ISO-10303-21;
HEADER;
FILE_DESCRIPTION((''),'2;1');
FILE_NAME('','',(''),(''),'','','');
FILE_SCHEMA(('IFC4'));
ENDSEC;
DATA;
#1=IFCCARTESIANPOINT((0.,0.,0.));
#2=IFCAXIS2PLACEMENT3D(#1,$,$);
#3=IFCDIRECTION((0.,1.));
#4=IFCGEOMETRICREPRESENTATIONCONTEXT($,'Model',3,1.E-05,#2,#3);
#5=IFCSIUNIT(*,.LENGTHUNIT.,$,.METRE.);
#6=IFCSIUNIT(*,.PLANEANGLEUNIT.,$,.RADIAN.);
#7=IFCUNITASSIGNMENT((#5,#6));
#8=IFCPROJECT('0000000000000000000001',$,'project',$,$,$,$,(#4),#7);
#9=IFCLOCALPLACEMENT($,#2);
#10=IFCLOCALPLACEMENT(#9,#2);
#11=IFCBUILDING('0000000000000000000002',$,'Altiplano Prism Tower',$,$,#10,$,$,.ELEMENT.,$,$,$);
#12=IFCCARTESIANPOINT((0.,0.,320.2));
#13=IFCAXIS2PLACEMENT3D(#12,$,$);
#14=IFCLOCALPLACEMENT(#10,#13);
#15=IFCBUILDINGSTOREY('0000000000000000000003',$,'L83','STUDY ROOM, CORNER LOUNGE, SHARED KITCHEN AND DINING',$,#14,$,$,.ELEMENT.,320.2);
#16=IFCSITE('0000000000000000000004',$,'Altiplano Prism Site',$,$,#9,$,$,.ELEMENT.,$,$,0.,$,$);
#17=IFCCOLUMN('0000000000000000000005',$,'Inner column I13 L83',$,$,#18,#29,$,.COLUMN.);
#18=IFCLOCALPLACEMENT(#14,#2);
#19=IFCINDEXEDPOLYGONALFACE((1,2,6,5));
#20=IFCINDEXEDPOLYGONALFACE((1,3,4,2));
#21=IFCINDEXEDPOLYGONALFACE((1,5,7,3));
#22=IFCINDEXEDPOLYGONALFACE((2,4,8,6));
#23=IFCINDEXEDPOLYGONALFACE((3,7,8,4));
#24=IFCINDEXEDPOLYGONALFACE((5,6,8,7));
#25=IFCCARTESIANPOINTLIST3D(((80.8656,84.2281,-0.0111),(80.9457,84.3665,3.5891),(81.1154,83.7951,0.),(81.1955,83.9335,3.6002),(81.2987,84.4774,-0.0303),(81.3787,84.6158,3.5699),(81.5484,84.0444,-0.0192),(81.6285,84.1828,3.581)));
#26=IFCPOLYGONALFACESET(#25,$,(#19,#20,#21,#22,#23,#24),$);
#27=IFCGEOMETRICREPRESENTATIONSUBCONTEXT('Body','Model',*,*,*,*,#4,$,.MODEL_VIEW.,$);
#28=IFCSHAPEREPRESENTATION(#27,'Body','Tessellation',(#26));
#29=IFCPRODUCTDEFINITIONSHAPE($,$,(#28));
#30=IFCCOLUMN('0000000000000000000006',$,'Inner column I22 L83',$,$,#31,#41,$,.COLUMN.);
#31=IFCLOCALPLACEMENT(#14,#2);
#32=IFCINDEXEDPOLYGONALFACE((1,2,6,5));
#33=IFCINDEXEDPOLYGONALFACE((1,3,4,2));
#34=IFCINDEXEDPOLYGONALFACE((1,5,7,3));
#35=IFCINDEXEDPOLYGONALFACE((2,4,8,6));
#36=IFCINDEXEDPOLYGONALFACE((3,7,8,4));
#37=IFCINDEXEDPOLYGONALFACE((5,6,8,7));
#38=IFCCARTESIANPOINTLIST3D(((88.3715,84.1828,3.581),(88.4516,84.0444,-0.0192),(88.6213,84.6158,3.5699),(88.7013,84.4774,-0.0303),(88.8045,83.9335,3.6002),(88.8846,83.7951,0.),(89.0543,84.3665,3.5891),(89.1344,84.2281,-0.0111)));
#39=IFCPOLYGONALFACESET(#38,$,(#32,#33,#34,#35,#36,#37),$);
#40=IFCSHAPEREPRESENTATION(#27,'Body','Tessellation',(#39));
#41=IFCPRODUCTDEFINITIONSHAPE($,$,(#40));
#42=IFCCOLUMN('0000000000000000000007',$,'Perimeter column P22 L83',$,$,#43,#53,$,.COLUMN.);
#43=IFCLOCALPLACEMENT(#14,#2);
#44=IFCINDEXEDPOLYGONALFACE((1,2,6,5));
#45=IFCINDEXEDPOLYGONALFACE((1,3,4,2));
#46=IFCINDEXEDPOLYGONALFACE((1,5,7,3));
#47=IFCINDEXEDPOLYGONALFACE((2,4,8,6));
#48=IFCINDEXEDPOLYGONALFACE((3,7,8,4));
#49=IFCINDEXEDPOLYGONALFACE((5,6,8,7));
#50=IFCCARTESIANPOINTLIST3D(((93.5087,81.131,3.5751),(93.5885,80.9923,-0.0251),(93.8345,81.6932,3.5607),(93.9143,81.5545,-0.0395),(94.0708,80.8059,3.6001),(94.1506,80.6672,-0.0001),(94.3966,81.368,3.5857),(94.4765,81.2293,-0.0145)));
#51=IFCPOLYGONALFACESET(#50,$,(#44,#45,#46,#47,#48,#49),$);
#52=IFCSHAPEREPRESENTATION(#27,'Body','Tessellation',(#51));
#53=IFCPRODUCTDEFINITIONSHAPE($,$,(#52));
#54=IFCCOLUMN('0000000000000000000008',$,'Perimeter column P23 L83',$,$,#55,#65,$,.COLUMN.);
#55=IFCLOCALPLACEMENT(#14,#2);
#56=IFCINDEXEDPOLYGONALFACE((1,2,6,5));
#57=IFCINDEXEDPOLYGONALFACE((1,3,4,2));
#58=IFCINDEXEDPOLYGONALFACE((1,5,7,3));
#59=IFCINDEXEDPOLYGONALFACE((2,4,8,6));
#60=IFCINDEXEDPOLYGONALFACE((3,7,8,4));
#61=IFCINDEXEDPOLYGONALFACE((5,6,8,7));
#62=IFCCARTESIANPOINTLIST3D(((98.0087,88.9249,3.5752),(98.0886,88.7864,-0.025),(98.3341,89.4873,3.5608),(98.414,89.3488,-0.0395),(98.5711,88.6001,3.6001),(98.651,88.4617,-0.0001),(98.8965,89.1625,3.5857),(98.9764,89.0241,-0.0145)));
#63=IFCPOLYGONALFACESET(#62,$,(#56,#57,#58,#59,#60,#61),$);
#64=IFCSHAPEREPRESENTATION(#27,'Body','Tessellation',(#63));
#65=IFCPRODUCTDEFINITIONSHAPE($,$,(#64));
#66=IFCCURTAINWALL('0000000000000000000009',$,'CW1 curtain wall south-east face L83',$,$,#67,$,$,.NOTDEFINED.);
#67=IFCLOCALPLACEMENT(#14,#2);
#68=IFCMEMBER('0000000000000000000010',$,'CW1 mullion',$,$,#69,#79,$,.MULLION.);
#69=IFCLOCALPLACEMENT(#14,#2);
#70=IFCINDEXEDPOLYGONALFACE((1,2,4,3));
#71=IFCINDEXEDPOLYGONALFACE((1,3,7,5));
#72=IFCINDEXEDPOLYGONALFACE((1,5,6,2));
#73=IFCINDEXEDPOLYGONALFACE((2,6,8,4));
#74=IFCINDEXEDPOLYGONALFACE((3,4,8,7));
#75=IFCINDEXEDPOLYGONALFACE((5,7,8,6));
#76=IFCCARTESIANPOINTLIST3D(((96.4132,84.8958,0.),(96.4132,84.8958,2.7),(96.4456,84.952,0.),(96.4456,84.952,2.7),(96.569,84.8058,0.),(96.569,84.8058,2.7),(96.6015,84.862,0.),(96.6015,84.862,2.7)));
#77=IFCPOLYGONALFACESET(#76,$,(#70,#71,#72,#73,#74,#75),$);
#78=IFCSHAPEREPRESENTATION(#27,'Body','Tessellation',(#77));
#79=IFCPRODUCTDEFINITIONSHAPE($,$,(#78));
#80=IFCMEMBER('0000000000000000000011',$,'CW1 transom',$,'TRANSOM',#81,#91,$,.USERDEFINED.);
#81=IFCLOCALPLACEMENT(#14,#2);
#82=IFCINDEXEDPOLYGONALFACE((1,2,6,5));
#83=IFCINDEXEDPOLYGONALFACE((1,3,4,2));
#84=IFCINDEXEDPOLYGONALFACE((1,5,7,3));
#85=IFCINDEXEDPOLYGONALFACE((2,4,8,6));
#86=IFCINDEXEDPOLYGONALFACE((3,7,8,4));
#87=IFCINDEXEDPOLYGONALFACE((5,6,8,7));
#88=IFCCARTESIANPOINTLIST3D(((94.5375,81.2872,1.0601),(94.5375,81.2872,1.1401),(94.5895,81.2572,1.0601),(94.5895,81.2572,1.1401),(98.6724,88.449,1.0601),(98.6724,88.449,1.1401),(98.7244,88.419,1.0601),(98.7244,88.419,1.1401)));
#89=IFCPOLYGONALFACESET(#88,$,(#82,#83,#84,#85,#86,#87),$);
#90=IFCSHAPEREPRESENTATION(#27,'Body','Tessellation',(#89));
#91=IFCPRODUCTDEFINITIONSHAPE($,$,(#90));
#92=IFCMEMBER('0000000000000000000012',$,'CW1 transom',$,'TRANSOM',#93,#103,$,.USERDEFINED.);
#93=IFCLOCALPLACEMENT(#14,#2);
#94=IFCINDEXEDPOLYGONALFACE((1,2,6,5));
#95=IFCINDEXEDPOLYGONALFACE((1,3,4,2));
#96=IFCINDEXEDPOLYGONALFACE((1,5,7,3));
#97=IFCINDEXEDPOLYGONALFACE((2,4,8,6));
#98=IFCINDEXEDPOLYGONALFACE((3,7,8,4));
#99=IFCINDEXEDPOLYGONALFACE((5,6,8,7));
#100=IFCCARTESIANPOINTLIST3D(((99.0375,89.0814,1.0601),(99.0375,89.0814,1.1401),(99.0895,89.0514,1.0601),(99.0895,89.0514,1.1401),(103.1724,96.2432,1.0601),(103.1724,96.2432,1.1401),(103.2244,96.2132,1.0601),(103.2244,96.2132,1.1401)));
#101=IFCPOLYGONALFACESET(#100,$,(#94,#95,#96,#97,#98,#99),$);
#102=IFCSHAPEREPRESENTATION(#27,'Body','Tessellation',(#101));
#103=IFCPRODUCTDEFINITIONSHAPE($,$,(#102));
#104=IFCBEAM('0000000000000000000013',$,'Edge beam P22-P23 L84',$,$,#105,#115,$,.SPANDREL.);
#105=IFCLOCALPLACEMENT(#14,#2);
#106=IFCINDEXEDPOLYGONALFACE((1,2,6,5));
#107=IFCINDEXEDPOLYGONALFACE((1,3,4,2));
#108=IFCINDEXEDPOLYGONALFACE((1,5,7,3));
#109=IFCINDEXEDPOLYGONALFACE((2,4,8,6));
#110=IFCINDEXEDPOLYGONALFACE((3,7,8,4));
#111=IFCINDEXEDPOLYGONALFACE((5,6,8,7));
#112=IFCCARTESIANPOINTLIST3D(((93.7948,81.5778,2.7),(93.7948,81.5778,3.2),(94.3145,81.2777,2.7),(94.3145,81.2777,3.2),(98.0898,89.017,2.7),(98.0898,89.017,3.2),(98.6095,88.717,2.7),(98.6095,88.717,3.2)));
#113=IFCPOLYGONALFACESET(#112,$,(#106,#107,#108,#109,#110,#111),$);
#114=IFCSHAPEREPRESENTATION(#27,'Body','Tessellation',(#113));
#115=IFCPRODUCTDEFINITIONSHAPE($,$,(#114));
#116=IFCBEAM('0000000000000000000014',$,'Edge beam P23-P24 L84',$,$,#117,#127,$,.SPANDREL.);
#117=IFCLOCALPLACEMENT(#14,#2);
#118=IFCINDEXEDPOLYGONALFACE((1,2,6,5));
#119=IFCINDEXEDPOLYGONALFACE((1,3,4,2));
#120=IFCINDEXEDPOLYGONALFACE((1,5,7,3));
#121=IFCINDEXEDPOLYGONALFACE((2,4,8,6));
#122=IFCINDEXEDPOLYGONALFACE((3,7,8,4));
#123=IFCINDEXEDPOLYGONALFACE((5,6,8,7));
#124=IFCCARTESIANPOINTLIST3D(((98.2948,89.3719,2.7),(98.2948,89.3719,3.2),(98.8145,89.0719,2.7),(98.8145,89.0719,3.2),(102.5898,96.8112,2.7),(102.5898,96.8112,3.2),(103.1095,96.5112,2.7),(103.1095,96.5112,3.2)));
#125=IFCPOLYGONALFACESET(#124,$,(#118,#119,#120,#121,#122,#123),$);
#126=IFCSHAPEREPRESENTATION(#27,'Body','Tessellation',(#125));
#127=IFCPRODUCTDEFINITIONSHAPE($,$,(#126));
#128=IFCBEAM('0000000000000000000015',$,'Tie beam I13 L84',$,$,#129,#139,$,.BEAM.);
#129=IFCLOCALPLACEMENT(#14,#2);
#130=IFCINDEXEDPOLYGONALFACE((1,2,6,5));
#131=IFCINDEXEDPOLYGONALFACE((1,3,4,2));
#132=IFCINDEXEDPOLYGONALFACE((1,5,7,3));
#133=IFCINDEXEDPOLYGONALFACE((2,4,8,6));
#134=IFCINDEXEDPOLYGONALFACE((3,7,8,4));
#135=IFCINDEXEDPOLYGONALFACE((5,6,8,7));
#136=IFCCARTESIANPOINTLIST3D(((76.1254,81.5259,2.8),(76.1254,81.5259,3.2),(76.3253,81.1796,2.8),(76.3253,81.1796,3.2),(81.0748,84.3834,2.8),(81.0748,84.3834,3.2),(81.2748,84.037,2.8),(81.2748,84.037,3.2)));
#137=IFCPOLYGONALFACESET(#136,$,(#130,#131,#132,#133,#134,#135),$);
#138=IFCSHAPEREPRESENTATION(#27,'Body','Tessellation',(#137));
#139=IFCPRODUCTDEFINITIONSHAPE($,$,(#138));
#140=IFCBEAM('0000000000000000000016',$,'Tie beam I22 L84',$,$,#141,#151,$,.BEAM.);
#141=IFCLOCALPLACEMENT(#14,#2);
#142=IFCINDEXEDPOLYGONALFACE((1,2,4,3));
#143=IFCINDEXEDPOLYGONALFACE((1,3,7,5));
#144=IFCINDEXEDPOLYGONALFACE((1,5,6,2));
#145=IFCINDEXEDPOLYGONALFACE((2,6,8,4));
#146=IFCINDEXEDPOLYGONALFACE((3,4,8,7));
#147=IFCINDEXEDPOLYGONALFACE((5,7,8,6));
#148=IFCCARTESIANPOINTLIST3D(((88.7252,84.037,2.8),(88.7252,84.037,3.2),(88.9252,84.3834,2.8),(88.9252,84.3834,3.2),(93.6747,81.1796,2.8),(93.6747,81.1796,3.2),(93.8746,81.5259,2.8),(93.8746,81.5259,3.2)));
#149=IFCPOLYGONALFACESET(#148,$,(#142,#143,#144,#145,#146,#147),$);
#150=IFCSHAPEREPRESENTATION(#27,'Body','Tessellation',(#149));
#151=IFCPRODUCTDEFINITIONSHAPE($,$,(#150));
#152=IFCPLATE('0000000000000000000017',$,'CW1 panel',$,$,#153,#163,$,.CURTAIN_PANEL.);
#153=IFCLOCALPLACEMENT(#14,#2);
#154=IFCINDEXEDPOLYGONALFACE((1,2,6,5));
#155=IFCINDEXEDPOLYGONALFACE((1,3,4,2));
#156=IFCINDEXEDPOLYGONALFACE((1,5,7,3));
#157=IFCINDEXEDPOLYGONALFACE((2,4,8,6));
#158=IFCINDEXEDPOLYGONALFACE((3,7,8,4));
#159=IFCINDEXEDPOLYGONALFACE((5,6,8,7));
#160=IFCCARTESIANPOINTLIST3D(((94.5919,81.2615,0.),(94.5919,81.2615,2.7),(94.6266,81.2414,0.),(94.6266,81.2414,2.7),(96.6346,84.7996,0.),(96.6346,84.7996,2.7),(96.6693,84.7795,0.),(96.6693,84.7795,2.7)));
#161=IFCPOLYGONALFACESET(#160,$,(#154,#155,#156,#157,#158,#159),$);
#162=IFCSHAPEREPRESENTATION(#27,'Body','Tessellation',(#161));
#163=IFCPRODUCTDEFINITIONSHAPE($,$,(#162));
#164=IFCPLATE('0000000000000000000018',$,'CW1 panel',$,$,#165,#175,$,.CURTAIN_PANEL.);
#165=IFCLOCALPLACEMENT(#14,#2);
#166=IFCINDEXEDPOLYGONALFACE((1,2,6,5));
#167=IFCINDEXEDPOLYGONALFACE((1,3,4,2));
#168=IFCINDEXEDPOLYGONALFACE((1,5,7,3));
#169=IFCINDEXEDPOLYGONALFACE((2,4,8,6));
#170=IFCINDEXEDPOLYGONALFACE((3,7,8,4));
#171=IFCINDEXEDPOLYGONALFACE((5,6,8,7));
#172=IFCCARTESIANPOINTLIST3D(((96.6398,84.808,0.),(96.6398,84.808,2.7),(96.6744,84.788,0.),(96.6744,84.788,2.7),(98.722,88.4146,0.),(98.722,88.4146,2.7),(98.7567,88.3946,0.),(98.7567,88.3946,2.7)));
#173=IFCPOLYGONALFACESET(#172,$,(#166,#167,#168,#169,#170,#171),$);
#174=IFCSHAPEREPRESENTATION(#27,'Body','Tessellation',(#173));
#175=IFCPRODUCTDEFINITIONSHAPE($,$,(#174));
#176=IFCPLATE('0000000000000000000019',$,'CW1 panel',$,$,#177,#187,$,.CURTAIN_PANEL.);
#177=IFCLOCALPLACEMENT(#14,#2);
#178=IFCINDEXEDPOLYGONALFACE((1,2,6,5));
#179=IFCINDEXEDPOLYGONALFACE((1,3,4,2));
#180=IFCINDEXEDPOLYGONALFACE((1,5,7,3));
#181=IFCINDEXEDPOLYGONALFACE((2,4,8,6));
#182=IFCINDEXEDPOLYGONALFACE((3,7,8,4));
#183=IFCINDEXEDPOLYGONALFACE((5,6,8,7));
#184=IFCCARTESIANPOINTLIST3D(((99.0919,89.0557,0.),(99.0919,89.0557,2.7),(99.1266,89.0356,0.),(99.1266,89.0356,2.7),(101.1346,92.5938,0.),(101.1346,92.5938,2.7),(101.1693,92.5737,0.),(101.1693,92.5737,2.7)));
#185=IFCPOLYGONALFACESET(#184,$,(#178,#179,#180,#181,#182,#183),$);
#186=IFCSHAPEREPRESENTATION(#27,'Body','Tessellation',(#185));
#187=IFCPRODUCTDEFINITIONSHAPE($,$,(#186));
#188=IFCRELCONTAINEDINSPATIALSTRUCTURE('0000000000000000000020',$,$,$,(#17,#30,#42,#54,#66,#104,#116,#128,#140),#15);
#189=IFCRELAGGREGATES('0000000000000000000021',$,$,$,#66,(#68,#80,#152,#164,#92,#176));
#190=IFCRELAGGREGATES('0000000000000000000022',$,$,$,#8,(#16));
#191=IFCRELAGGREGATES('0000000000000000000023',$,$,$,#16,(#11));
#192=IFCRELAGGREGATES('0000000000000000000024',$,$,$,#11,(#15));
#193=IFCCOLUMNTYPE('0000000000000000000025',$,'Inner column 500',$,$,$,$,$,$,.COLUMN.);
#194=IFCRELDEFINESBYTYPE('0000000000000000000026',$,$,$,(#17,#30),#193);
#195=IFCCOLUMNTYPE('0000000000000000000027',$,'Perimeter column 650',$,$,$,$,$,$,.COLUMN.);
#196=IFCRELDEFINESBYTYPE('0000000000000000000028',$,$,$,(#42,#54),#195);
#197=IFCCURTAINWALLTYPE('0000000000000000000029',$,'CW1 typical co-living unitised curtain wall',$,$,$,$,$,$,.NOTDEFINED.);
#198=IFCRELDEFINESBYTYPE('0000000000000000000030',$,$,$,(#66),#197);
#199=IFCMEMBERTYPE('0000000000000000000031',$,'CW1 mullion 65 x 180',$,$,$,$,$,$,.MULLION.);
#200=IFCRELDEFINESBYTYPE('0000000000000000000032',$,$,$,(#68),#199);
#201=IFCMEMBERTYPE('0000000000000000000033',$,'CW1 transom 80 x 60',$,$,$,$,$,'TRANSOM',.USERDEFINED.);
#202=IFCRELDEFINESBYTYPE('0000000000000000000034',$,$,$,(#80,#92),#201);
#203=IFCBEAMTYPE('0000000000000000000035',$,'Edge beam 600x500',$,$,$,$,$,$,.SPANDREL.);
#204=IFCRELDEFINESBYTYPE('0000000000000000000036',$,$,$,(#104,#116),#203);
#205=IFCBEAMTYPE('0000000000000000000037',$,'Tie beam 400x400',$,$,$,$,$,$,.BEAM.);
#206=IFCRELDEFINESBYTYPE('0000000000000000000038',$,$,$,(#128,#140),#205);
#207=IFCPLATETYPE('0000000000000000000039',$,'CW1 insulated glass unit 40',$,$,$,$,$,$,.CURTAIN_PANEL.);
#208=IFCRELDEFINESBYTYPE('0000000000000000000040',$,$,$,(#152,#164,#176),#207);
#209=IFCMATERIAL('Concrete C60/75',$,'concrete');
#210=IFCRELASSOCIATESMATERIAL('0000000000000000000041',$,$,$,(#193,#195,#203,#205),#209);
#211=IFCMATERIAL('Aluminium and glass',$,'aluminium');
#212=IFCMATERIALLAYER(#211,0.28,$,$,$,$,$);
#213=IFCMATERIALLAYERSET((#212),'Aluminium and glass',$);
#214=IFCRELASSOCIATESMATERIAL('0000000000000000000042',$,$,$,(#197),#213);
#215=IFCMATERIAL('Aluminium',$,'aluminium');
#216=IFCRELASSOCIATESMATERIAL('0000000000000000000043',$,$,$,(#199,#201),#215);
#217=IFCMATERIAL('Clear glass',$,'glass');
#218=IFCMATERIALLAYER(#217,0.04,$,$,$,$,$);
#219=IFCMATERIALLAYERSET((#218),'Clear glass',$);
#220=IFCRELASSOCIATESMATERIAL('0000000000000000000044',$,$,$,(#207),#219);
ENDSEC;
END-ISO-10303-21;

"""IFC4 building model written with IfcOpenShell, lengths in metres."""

from ifc_helpers import new_model, si_unit, direction, frame, origin, origin_2d, place, context, subcontext, project, spatial, rectangle, extrude, material, layer, layer_set, material_profile, profile_set, type_object, element, aggregate, save


model = new_model("IFC4")

# Units and contexts
model_context = context("Model", 3, precision=1e-05, world=origin(), true_north=direction((0.0, 1.0)))
body_context = subcontext(model_context, "Body", "Model", "MODEL_VIEW")
ifc_project = project(units=[si_unit("LENGTHUNIT", "METRE"), si_unit("PLANEANGLEUNIT", "RADIAN")], contexts=[model_context])

# Site, building, storey
site_placement = place(None, origin())
site = spatial("IfcSite", under=ifc_project, at=site_placement, Name="Altiplano Prism Site", CompositionType="ELEMENT", RefElevation=0.0)
building_placement = place(site_placement, origin())
building = spatial("IfcBuilding", under=site, at=building_placement, Name="Altiplano Prism Tower", CompositionType="ELEMENT")
storey_placement = place(building_placement, frame((0.0, 0.0, 320.2)))
storey = spatial("IfcBuildingStorey", under=building, at=storey_placement, Name="L83", Description="STUDY ROOM, CORNER LOUNGE, SHARED KITCHEN AND DINING", CompositionType="ELEMENT", Elevation=320.2)

# Columns
ifc_material_1 = material(Name="Concrete C60/75", Category="concrete")
ifc_material_profile_1 = material_profile(ifc_material_1, rectangle(XDim=0.5, YDim=0.5, at=origin_2d()), Name="Inner column 500")
ifc_profile_set_1 = profile_set([ifc_material_profile_1], Name="Concrete C60/75")
column_type_1 = type_object("IfcColumnType", Name="Inner column 500", PredefinedType="COLUMN", material=ifc_profile_set_1)
for number, where, z_axis, x_axis, name in (
    (1, (81.207, 84.1362, -0.0151), (0.022221, 0.038413, 0.999015), (-0.866021, -0.498528, 0.038432), "Inner column I13 L83"),
    (2, (88.793, 84.1362, -0.0151), (-0.022221, 0.038413, 0.999015), (-0.499513, -0.866022, 0.022189), "Inner column I22 L83"),
):
    element("IfcColumn", number, at=place(storey_placement, frame(where, z_axis=z_axis, x_axis=x_axis)), inside=storey, type_object=column_type_1, Name=name, PredefinedType="COLUMN", context=body_context, shape_type="SweptSolid", body=[
        extrude(rectangle(XDim=0.5, YDim=0.5, at=origin_2d()), origin(), (0.0, 0.0, 1.0), 3.6038),
    ])
ifc_material_profile_2 = material_profile(ifc_material_1, rectangle(XDim=0.6499, YDim=0.6499, at=origin_2d()), Name="Perimeter column 650")
ifc_profile_set_2 = profile_set([ifc_material_profile_2], Name="Concrete C60/75")
column_type_2 = type_object("IfcColumnType", Name="Perimeter column 650", PredefinedType="COLUMN", material=ifc_profile_set_2)
for number, where, z_axis, x_axis, name in (
    (3, (94.0325, 81.1108, -0.0198), (-0.022154, 0.038481, 0.999014), (-0.501318, -0.864978, 0.022201), "Perimeter column P22 L83"),
    (4, (98.5325, 88.9053, -0.0198), (-0.022154, 0.038413, 0.999016), (-0.500657, -0.865362, 0.022172), "Perimeter column P23 L83"),
):
    element("IfcColumn", number, at=place(storey_placement, frame(where, z_axis=z_axis, x_axis=x_axis)), inside=storey, type_object=column_type_2, Name=name, PredefinedType="COLUMN", context=body_context, shape_type="SweptSolid", body=[
        extrude(rectangle(XDim=0.6499, YDim=0.6499, at=origin_2d()), origin(), (0.0, 0.0, 1.0), 3.6038),
    ])

# Curtain wall, members
ifc_material_2 = material(Name="Aluminium and glass", Category="aluminium")
ifc_layer_1 = layer(ifc_material_2, 0.28)
ifc_layer_set_1 = layer_set([ifc_layer_1], Name="Aluminium and glass")
curtain_wall_type = type_object("IfcCurtainWallType", Name="CW1 typical co-living unitised curtain wall", PredefinedType="NOTDEFINED", material=ifc_layer_set_1)
curtain_wall_placement = place(storey_placement, origin())
curtain_wall = element("IfcCurtainWall", 5, at=curtain_wall_placement, inside=storey, type_object=curtain_wall_type, Name="CW1 curtain wall south-east face L83", PredefinedType="NOTDEFINED")
ifc_material_3 = material(Name="Aluminium", Category="aluminium")
ifc_material_profile_3 = material_profile(ifc_material_3, rectangle(XDim=0.1799, YDim=0.0649, at=origin_2d()), Name="CW1 mullion 65 x 180")
ifc_profile_set_3 = profile_set([ifc_material_profile_3], Name="Aluminium")
member_type_1 = type_object("IfcMemberType", Name="CW1 mullion 65 x 180", PredefinedType="MULLION", material=ifc_profile_set_3)
member_1_placement = place(storey_placement, frame((96.5073, 84.8789, 0.0), z_axis=(0.0, 0.0, 1.0), x_axis=(-0.866025, 0.5, 0.0)))
member_1 = element("IfcMember", 6, at=member_1_placement, type_object=member_type_1, Name="CW1 mullion", PredefinedType="MULLION", context=body_context, shape_type="SweptSolid", body=[
    extrude(rectangle(XDim=0.1799, YDim=0.0649, at=origin_2d()), origin(), (0.0, 0.0, 1.0), 2.7),
])
ifc_material_profile_4 = material_profile(ifc_material_3, rectangle(XDim=0.0601, YDim=0.0801, at=origin_2d()), Name="CW1 transom 80 x 60")
ifc_profile_set_4 = profile_set([ifc_material_profile_4], Name="Aluminium")
member_type_2 = type_object("IfcMemberType", Name="CW1 transom 80 x 60", ElementType="TRANSOM", PredefinedType="USERDEFINED", material=ifc_profile_set_4)
member_2_placement = place(storey_placement, frame((94.5635, 81.2722, 1.1001), z_axis=(0.50001, 0.86602, 0.0), x_axis=(-0.86602, 0.50001, 0.0)))
member_2 = element("IfcMember", 7, at=member_2_placement, type_object=member_type_2, Name="CW1 transom", ObjectType="TRANSOM", PredefinedType="USERDEFINED", context=body_context, shape_type="SweptSolid", body=[
    extrude(rectangle(XDim=0.0601, YDim=0.0801, at=origin_2d()), origin(), (0.0, 0.0, 1.0), 8.2698),
])
member_3_placement = place(storey_placement, frame((99.0635, 89.0664, 1.1001), z_axis=(0.50001, 0.86602, 0.0), x_axis=(-0.86602, 0.50001, 0.0)))
member_3 = element("IfcMember", 8, at=member_3_placement, type_object=member_type_2, Name="CW1 transom", ObjectType="TRANSOM", PredefinedType="USERDEFINED", context=body_context, shape_type="SweptSolid", body=[
    extrude(rectangle(XDim=0.0601, YDim=0.0801, at=origin_2d()), origin(), (0.0, 0.0, 1.0), 8.2698),
])

# Beams
ifc_material_profile_5 = material_profile(ifc_material_1, rectangle(XDim=0.6001, YDim=0.5, at=origin_2d()), Name="Edge beam 600x500")
ifc_profile_set_5 = profile_set([ifc_material_profile_5], Name="Concrete C60/75")
beam_type_1 = type_object("IfcBeamType", Name="Edge beam 600x500", PredefinedType="SPANDREL", material=ifc_profile_set_5)
for number, where, z_axis, x_axis, name in (
    (9, (94.0547, 81.4277, 2.95), (0.499991, 0.866031, 0.0), (-0.866031, 0.499991, 0.0), "Edge beam P22-P23 L84"),
    (10, (98.5547, 89.2219, 2.95), (0.499991, 0.866031, 0.0), (-0.866031, 0.499991, 0.0), "Edge beam P23-P24 L84"),
):
    element("IfcBeam", number, at=place(storey_placement, frame(where, z_axis=z_axis, x_axis=x_axis)), inside=storey, type_object=beam_type_1, Name=name, PredefinedType="SPANDREL", context=body_context, shape_type="SweptSolid", body=[
        extrude(rectangle(XDim=0.6001, YDim=0.5, at=origin_2d()), origin(), (0.0, 0.0, 1.0), 8.5901),
    ])
ifc_material_profile_6 = material_profile(ifc_material_1, rectangle(XDim=0.3999, YDim=0.3999, at=origin_2d()), Name="Tie beam 400x400")
ifc_profile_set_6 = profile_set([ifc_material_profile_6], Name="Concrete C60/75")
beam_type_2 = type_object("IfcBeamType", Name="Tie beam 400x400", PredefinedType="BEAM", material=ifc_profile_set_6)
for number, where, z_axis, x_axis, name in (
    (11, (81.1748, 84.2102, 3.0), (-0.866037, -0.49998, 0.0), (0.49998, -0.866037, 0.0), "Tie beam I13 L84"),
    (12, (88.8252, 84.2102, 3.0), (0.866037, -0.49998, 0.0), (0.49998, 0.866037, 0.0), "Tie beam I22 L84"),
):
    element("IfcBeam", number, at=place(storey_placement, frame(where, z_axis=z_axis, x_axis=x_axis)), inside=storey, type_object=beam_type_2, Name=name, PredefinedType="BEAM", context=body_context, shape_type="SweptSolid", body=[
        extrude(rectangle(XDim=0.3999, YDim=0.3999, at=origin_2d()), origin(), (0.0, 0.0, 1.0), 5.7151),
    ])

# Plates
ifc_material_4 = material(Name="Clear glass", Category="glass")
ifc_layer_2 = layer(ifc_material_4, 0.04)
ifc_layer_set_2 = layer_set([ifc_layer_2], Name="Clear glass")
plate_type = type_object("IfcPlateType", Name="CW1 insulated glass unit 40", PredefinedType="CURTAIN_PANEL", material=ifc_layer_set_2)
plate_1_placement = place(storey_placement, frame((95.6306, 83.0205, 0.0), z_axis=(0.0, 0.0, 1.0), x_axis=(0.5, 0.866025, 0.0)))
plate_1 = element("IfcPlate", 13, at=plate_1_placement, type_object=plate_type, Name="CW1 panel", PredefinedType="CURTAIN_PANEL", context=body_context, shape_type="SweptSolid", body=[
    extrude(rectangle(XDim=4.0854, YDim=0.04, at=origin_2d()), origin(), (0.0, 0.0, 1.0), 2.7),
])
plate_2_placement = place(storey_placement, frame((97.6982, 86.6013, 0.0), z_axis=(0.0, 0.0, 1.0), x_axis=(0.5, 0.866025, 0.0)))
plate_2 = element("IfcPlate", 14, at=plate_2_placement, type_object=plate_type, Name="CW1 panel", PredefinedType="CURTAIN_PANEL", context=body_context, shape_type="SweptSolid", body=[
    extrude(rectangle(XDim=4.1646, YDim=0.04, at=origin_2d()), origin(), (0.0, 0.0, 1.0), 2.7),
])
plate_3_placement = place(storey_placement, frame((100.1306, 90.8147, 0.0), z_axis=(0.0, 0.0, 1.0), x_axis=(0.5, 0.866025, 0.0)))
plate_3 = element("IfcPlate", 15, at=plate_3_placement, type_object=plate_type, Name="CW1 panel", PredefinedType="CURTAIN_PANEL", context=body_context, shape_type="SweptSolid", body=[
    extrude(rectangle(XDim=4.0854, YDim=0.04, at=origin_2d()), origin(), (0.0, 0.0, 1.0), 2.7),
])
aggregate(curtain_wall, [member_1, member_2, plate_1, plate_2, member_3, plate_3])

save(model, "model.ifc")
